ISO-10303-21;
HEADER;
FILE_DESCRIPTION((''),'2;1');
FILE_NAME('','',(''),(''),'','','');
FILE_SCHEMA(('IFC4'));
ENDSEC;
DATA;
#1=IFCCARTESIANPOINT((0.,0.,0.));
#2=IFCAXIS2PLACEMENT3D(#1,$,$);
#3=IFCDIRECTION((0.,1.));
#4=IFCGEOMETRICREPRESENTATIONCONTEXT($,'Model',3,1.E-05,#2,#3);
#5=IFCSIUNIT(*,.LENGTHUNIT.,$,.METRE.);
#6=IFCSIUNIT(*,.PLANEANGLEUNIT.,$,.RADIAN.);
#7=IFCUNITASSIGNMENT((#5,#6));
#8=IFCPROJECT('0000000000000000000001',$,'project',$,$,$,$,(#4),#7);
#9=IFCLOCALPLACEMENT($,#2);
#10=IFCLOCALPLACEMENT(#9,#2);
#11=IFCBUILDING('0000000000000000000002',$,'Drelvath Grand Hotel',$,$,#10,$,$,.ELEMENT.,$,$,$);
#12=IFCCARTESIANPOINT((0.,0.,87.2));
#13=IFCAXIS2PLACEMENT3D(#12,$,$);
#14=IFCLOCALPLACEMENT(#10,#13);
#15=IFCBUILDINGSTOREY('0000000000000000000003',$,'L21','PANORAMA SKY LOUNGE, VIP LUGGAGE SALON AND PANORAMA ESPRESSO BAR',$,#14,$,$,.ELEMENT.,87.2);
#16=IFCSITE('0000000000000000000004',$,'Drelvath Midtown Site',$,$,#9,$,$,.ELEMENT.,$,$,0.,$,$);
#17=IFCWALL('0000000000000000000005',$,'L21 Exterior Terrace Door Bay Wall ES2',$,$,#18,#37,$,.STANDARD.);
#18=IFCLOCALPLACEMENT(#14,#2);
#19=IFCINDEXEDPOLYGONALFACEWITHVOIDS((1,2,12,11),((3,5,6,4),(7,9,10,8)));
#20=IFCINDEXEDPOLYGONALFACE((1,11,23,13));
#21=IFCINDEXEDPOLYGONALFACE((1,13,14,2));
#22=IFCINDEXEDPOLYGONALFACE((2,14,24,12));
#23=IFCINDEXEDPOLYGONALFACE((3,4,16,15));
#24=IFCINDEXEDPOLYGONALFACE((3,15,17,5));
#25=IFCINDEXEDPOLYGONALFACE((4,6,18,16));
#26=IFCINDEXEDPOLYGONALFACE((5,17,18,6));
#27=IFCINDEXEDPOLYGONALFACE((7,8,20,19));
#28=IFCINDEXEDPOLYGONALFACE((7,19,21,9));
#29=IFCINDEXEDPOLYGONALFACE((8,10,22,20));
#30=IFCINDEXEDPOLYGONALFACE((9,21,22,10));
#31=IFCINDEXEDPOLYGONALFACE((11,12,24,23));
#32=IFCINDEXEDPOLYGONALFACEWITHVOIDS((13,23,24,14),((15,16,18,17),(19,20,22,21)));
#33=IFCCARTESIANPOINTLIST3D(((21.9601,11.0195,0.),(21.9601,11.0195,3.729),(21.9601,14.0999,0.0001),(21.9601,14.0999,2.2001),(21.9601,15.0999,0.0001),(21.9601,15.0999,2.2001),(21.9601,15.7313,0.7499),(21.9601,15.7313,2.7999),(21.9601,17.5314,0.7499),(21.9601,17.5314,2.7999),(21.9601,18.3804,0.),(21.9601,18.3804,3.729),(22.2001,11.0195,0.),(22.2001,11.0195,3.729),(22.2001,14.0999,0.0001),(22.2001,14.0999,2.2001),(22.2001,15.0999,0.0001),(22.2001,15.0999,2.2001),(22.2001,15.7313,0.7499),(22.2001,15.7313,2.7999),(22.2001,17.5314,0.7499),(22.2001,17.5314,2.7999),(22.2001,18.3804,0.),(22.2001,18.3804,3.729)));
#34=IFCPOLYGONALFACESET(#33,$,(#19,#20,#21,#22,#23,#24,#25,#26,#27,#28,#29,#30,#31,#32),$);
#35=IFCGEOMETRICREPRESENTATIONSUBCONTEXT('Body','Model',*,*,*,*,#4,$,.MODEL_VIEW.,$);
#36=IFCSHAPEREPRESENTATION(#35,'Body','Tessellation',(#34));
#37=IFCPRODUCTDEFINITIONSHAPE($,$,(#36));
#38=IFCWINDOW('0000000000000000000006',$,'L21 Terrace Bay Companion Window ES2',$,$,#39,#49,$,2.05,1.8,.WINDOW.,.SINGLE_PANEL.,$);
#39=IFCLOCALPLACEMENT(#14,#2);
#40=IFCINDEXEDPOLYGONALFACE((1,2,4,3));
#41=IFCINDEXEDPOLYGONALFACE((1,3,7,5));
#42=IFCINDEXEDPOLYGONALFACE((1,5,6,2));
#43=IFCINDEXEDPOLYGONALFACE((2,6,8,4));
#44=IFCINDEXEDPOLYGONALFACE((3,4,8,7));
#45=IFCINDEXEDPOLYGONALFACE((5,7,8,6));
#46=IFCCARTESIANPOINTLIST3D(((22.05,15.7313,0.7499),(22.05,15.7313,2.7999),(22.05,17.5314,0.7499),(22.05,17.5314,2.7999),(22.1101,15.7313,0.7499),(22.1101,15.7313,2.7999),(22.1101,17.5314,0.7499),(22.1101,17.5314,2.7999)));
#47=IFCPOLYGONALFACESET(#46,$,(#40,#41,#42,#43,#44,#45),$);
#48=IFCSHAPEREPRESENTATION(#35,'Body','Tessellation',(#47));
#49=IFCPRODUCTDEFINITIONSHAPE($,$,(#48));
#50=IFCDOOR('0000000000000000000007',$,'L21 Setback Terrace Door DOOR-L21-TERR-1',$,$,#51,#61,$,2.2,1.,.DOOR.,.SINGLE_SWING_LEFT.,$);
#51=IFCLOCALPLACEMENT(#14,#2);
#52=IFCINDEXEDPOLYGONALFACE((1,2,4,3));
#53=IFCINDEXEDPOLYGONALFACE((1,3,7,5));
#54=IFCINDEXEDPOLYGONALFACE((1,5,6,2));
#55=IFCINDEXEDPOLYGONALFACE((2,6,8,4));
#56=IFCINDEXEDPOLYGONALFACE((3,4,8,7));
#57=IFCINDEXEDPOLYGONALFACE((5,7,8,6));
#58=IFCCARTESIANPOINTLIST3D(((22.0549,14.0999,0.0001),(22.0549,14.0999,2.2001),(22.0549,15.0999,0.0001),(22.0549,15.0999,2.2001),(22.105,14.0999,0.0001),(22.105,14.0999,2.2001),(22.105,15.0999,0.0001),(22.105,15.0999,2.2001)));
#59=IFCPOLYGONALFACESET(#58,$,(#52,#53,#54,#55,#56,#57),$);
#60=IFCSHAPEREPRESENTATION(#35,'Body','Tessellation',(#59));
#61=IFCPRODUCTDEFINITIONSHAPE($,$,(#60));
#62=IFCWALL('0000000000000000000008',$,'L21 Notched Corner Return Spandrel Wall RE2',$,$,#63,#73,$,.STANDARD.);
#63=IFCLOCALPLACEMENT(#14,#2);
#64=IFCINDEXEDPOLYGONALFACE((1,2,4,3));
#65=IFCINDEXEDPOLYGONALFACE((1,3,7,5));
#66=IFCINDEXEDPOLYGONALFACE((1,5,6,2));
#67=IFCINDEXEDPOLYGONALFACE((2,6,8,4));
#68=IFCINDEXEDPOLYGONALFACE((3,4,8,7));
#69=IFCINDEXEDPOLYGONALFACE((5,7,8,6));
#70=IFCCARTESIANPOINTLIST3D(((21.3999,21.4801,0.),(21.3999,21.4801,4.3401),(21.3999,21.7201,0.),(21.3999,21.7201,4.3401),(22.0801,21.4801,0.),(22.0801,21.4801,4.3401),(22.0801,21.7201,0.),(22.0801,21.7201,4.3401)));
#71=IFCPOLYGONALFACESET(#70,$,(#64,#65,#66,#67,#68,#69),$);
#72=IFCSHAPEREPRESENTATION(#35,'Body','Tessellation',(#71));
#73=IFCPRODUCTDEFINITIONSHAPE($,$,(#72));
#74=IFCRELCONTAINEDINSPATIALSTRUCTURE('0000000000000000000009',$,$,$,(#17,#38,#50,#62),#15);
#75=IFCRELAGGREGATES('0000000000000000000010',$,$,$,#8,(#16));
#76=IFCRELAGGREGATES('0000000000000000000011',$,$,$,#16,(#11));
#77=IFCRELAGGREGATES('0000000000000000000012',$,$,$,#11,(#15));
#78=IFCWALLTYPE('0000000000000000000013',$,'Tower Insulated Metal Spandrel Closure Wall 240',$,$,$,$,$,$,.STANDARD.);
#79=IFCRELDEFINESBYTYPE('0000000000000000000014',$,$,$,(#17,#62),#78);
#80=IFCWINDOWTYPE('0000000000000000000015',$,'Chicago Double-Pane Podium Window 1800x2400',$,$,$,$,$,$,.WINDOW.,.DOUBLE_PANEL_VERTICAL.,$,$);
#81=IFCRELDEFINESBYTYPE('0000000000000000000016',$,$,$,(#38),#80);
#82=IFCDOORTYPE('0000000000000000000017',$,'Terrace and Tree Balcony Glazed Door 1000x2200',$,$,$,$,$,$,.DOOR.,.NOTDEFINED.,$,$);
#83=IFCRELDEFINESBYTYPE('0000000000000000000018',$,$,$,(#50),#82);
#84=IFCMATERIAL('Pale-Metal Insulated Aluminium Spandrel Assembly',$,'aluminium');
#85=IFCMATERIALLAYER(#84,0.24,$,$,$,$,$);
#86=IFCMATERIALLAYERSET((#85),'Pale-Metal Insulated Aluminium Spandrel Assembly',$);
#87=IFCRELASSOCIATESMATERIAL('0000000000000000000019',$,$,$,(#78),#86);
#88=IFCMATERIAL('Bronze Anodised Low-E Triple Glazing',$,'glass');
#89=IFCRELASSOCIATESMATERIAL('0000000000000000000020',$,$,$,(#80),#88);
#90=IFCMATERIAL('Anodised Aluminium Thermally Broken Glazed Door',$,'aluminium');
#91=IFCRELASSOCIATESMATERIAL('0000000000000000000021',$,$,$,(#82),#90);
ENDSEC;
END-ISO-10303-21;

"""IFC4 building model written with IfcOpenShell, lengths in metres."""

from ifc_helpers import new_model, si_unit, direction, frame, frame_2d, origin, place, context, subcontext, project, spatial, rectangle, extrude, material, layer, layer_set, type_object, element, fill, save


model = new_model("IFC4")

# Units and contexts
model_context = context("Model", 3, precision=1e-05, world=origin(), true_north=direction((0.0, 1.0)))
body_context = subcontext(model_context, "Body", "Model", "MODEL_VIEW")
ifc_project = project(units=[si_unit("LENGTHUNIT", "METRE"), si_unit("PLANEANGLEUNIT", "RADIAN")], contexts=[model_context])

# Site, building, storey
site_placement = place(None, origin())
site = spatial("IfcSite", under=ifc_project, at=site_placement, Name="Drelvath Midtown Site", CompositionType="ELEMENT", RefElevation=0.0)
building_placement = place(site_placement, origin())
building = spatial("IfcBuilding", under=site, at=building_placement, Name="Drelvath Grand Hotel", CompositionType="ELEMENT")
storey_placement = place(building_placement, frame((0.0, 0.0, 87.2)))
storey = spatial("IfcBuildingStorey", under=building, at=storey_placement, Name="L21", Description="PANORAMA SKY LOUNGE, VIP LUGGAGE SALON AND PANORAMA ESPRESSO BAR", CompositionType="ELEMENT", Elevation=87.2)

# Wall, openings, window, door
ifc_material_1 = material(Name="Pale-Metal Insulated Aluminium Spandrel Assembly", Category="aluminium")
ifc_layer_1 = layer(ifc_material_1, 0.24)
ifc_layer_set_1 = layer_set([ifc_layer_1], Name="Pale-Metal Insulated Aluminium Spandrel Assembly")
wall_type_1 = type_object("IfcWallType", Name="Tower Insulated Metal Spandrel Closure Wall 240", PredefinedType="STANDARD", material=ifc_layer_set_1)
wall_1_placement = place(storey_placement, frame((22.0801, 18.3804, 0.0), z_axis=(0.0, 0.0, 1.0), x_axis=(0.0, -1.0, 0.0)))
wall_1 = element("IfcWall", 1, at=wall_1_placement, inside=storey, type_object=wall_type_1, Name="L21 Exterior Terrace Door Bay Wall ES2", PredefinedType="STANDARD", context=body_context, shape_type="SweptSolid", body=[
    extrude(rectangle(XDim=7.3608, YDim=0.24, at=frame_2d((3.6804, 0.0))), origin(), (0.0, 0.0, 1.0), 3.729),
])
opening_1_placement = place(wall_1_placement, frame((3.2805, 0.0, 0.0)))
opening_1 = element("IfcOpeningElement", 2, at=opening_1_placement, cuts=wall_1, PredefinedType="OPENING", context=body_context, shape_type="SweptSolid", body=[
    extrude(rectangle(XDim=1.0, YDim=2.2, at=frame_2d((0.5, 1.1001))), frame((0.0, 0.1299, 0.0), z_axis=(0.0, -1.0, 0.0), x_axis=(1.0, 0.0, 0.0)), (0.0, 0.0, 1.0), 0.26),
])
opening_2_placement = place(wall_1_placement, frame((0.8491, 0.0, 0.75)))
opening_2 = element("IfcOpeningElement", 3, at=opening_2_placement, cuts=wall_1, PredefinedType="OPENING", context=body_context, shape_type="SweptSolid", body=[
    extrude(rectangle(XDim=1.8, YDim=2.05, at=frame_2d((0.8999, 1.0249))), frame((0.0, 0.1299, 0.0), z_axis=(0.0, -1.0, 0.0), x_axis=(1.0, 0.0, 0.0)), (0.0, 0.0, 1.0), 0.26),
])
ifc_material_2 = material(Name="Bronze Anodised Low-E Triple Glazing", Category="glass")
window_type = type_object("IfcWindowType", Name="Chicago Double-Pane Podium Window 1800x2400", PartitioningType="DOUBLE_PANEL_VERTICAL", PredefinedType="WINDOW", material=ifc_material_2)
window_placement = place(opening_2_placement, origin())
window = element("IfcWindow", 4, at=window_placement, inside=storey, type_object=window_type, Name="L21 Terrace Bay Companion Window ES2", OverallHeight=2.05, OverallWidth=1.8, PartitioningType="SINGLE_PANEL", PredefinedType="WINDOW", context=body_context, shape_type="SweptSolid", body=[
    extrude(rectangle(XDim=1.8, YDim=2.05, at=frame_2d((0.8999, 1.0249))), frame((0.0, 0.03, 0.0), z_axis=(0.0, -1.0, 0.0), x_axis=(1.0, 0.0, 0.0)), (0.0, 0.0, 1.0), 0.0601),
])
fill(opening_2, window)
ifc_material_3 = material(Name="Anodised Aluminium Thermally Broken Glazed Door", Category="aluminium")
door_type = type_object("IfcDoorType", Name="Terrace and Tree Balcony Glazed Door 1000x2200", OperationType="NOTDEFINED", PredefinedType="DOOR", material=ifc_material_3)
door_placement = place(opening_1_placement, origin())
door = element("IfcDoor", 5, at=door_placement, inside=storey, type_object=door_type, Name="L21 Setback Terrace Door DOOR-L21-TERR-1", OperationType="SINGLE_SWING_LEFT", OverallHeight=2.2, OverallWidth=1.0, PredefinedType="DOOR", context=body_context, shape_type="SweptSolid", body=[
    extrude(rectangle(XDim=1.0, YDim=2.2, at=frame_2d((0.5, 1.1001))), frame((0.0, 0.0249, 0.0), z_axis=(0.0, -1.0, 0.0), x_axis=(1.0, 0.0, 0.0)), (0.0, 0.0, 1.0), 0.05),
])
fill(opening_1, door)

# Wall
wall_2_placement = place(storey_placement, frame((21.3999, 21.6001, 0.0), z_axis=(0.0, 0.0, 1.0), x_axis=(1.0, 0.0, 0.0)))
element("IfcWall", 6, at=wall_2_placement, inside=storey, type_object=wall_type_1, Name="L21 Notched Corner Return Spandrel Wall RE2", PredefinedType="STANDARD", context=body_context, shape_type="SweptSolid", body=[
    extrude(rectangle(XDim=0.6802, YDim=0.24, at=frame_2d((0.3401, 0.0))), origin(), (0.0, 0.0, 1.0), 4.3401),
])

save(model, "model.ifc")
